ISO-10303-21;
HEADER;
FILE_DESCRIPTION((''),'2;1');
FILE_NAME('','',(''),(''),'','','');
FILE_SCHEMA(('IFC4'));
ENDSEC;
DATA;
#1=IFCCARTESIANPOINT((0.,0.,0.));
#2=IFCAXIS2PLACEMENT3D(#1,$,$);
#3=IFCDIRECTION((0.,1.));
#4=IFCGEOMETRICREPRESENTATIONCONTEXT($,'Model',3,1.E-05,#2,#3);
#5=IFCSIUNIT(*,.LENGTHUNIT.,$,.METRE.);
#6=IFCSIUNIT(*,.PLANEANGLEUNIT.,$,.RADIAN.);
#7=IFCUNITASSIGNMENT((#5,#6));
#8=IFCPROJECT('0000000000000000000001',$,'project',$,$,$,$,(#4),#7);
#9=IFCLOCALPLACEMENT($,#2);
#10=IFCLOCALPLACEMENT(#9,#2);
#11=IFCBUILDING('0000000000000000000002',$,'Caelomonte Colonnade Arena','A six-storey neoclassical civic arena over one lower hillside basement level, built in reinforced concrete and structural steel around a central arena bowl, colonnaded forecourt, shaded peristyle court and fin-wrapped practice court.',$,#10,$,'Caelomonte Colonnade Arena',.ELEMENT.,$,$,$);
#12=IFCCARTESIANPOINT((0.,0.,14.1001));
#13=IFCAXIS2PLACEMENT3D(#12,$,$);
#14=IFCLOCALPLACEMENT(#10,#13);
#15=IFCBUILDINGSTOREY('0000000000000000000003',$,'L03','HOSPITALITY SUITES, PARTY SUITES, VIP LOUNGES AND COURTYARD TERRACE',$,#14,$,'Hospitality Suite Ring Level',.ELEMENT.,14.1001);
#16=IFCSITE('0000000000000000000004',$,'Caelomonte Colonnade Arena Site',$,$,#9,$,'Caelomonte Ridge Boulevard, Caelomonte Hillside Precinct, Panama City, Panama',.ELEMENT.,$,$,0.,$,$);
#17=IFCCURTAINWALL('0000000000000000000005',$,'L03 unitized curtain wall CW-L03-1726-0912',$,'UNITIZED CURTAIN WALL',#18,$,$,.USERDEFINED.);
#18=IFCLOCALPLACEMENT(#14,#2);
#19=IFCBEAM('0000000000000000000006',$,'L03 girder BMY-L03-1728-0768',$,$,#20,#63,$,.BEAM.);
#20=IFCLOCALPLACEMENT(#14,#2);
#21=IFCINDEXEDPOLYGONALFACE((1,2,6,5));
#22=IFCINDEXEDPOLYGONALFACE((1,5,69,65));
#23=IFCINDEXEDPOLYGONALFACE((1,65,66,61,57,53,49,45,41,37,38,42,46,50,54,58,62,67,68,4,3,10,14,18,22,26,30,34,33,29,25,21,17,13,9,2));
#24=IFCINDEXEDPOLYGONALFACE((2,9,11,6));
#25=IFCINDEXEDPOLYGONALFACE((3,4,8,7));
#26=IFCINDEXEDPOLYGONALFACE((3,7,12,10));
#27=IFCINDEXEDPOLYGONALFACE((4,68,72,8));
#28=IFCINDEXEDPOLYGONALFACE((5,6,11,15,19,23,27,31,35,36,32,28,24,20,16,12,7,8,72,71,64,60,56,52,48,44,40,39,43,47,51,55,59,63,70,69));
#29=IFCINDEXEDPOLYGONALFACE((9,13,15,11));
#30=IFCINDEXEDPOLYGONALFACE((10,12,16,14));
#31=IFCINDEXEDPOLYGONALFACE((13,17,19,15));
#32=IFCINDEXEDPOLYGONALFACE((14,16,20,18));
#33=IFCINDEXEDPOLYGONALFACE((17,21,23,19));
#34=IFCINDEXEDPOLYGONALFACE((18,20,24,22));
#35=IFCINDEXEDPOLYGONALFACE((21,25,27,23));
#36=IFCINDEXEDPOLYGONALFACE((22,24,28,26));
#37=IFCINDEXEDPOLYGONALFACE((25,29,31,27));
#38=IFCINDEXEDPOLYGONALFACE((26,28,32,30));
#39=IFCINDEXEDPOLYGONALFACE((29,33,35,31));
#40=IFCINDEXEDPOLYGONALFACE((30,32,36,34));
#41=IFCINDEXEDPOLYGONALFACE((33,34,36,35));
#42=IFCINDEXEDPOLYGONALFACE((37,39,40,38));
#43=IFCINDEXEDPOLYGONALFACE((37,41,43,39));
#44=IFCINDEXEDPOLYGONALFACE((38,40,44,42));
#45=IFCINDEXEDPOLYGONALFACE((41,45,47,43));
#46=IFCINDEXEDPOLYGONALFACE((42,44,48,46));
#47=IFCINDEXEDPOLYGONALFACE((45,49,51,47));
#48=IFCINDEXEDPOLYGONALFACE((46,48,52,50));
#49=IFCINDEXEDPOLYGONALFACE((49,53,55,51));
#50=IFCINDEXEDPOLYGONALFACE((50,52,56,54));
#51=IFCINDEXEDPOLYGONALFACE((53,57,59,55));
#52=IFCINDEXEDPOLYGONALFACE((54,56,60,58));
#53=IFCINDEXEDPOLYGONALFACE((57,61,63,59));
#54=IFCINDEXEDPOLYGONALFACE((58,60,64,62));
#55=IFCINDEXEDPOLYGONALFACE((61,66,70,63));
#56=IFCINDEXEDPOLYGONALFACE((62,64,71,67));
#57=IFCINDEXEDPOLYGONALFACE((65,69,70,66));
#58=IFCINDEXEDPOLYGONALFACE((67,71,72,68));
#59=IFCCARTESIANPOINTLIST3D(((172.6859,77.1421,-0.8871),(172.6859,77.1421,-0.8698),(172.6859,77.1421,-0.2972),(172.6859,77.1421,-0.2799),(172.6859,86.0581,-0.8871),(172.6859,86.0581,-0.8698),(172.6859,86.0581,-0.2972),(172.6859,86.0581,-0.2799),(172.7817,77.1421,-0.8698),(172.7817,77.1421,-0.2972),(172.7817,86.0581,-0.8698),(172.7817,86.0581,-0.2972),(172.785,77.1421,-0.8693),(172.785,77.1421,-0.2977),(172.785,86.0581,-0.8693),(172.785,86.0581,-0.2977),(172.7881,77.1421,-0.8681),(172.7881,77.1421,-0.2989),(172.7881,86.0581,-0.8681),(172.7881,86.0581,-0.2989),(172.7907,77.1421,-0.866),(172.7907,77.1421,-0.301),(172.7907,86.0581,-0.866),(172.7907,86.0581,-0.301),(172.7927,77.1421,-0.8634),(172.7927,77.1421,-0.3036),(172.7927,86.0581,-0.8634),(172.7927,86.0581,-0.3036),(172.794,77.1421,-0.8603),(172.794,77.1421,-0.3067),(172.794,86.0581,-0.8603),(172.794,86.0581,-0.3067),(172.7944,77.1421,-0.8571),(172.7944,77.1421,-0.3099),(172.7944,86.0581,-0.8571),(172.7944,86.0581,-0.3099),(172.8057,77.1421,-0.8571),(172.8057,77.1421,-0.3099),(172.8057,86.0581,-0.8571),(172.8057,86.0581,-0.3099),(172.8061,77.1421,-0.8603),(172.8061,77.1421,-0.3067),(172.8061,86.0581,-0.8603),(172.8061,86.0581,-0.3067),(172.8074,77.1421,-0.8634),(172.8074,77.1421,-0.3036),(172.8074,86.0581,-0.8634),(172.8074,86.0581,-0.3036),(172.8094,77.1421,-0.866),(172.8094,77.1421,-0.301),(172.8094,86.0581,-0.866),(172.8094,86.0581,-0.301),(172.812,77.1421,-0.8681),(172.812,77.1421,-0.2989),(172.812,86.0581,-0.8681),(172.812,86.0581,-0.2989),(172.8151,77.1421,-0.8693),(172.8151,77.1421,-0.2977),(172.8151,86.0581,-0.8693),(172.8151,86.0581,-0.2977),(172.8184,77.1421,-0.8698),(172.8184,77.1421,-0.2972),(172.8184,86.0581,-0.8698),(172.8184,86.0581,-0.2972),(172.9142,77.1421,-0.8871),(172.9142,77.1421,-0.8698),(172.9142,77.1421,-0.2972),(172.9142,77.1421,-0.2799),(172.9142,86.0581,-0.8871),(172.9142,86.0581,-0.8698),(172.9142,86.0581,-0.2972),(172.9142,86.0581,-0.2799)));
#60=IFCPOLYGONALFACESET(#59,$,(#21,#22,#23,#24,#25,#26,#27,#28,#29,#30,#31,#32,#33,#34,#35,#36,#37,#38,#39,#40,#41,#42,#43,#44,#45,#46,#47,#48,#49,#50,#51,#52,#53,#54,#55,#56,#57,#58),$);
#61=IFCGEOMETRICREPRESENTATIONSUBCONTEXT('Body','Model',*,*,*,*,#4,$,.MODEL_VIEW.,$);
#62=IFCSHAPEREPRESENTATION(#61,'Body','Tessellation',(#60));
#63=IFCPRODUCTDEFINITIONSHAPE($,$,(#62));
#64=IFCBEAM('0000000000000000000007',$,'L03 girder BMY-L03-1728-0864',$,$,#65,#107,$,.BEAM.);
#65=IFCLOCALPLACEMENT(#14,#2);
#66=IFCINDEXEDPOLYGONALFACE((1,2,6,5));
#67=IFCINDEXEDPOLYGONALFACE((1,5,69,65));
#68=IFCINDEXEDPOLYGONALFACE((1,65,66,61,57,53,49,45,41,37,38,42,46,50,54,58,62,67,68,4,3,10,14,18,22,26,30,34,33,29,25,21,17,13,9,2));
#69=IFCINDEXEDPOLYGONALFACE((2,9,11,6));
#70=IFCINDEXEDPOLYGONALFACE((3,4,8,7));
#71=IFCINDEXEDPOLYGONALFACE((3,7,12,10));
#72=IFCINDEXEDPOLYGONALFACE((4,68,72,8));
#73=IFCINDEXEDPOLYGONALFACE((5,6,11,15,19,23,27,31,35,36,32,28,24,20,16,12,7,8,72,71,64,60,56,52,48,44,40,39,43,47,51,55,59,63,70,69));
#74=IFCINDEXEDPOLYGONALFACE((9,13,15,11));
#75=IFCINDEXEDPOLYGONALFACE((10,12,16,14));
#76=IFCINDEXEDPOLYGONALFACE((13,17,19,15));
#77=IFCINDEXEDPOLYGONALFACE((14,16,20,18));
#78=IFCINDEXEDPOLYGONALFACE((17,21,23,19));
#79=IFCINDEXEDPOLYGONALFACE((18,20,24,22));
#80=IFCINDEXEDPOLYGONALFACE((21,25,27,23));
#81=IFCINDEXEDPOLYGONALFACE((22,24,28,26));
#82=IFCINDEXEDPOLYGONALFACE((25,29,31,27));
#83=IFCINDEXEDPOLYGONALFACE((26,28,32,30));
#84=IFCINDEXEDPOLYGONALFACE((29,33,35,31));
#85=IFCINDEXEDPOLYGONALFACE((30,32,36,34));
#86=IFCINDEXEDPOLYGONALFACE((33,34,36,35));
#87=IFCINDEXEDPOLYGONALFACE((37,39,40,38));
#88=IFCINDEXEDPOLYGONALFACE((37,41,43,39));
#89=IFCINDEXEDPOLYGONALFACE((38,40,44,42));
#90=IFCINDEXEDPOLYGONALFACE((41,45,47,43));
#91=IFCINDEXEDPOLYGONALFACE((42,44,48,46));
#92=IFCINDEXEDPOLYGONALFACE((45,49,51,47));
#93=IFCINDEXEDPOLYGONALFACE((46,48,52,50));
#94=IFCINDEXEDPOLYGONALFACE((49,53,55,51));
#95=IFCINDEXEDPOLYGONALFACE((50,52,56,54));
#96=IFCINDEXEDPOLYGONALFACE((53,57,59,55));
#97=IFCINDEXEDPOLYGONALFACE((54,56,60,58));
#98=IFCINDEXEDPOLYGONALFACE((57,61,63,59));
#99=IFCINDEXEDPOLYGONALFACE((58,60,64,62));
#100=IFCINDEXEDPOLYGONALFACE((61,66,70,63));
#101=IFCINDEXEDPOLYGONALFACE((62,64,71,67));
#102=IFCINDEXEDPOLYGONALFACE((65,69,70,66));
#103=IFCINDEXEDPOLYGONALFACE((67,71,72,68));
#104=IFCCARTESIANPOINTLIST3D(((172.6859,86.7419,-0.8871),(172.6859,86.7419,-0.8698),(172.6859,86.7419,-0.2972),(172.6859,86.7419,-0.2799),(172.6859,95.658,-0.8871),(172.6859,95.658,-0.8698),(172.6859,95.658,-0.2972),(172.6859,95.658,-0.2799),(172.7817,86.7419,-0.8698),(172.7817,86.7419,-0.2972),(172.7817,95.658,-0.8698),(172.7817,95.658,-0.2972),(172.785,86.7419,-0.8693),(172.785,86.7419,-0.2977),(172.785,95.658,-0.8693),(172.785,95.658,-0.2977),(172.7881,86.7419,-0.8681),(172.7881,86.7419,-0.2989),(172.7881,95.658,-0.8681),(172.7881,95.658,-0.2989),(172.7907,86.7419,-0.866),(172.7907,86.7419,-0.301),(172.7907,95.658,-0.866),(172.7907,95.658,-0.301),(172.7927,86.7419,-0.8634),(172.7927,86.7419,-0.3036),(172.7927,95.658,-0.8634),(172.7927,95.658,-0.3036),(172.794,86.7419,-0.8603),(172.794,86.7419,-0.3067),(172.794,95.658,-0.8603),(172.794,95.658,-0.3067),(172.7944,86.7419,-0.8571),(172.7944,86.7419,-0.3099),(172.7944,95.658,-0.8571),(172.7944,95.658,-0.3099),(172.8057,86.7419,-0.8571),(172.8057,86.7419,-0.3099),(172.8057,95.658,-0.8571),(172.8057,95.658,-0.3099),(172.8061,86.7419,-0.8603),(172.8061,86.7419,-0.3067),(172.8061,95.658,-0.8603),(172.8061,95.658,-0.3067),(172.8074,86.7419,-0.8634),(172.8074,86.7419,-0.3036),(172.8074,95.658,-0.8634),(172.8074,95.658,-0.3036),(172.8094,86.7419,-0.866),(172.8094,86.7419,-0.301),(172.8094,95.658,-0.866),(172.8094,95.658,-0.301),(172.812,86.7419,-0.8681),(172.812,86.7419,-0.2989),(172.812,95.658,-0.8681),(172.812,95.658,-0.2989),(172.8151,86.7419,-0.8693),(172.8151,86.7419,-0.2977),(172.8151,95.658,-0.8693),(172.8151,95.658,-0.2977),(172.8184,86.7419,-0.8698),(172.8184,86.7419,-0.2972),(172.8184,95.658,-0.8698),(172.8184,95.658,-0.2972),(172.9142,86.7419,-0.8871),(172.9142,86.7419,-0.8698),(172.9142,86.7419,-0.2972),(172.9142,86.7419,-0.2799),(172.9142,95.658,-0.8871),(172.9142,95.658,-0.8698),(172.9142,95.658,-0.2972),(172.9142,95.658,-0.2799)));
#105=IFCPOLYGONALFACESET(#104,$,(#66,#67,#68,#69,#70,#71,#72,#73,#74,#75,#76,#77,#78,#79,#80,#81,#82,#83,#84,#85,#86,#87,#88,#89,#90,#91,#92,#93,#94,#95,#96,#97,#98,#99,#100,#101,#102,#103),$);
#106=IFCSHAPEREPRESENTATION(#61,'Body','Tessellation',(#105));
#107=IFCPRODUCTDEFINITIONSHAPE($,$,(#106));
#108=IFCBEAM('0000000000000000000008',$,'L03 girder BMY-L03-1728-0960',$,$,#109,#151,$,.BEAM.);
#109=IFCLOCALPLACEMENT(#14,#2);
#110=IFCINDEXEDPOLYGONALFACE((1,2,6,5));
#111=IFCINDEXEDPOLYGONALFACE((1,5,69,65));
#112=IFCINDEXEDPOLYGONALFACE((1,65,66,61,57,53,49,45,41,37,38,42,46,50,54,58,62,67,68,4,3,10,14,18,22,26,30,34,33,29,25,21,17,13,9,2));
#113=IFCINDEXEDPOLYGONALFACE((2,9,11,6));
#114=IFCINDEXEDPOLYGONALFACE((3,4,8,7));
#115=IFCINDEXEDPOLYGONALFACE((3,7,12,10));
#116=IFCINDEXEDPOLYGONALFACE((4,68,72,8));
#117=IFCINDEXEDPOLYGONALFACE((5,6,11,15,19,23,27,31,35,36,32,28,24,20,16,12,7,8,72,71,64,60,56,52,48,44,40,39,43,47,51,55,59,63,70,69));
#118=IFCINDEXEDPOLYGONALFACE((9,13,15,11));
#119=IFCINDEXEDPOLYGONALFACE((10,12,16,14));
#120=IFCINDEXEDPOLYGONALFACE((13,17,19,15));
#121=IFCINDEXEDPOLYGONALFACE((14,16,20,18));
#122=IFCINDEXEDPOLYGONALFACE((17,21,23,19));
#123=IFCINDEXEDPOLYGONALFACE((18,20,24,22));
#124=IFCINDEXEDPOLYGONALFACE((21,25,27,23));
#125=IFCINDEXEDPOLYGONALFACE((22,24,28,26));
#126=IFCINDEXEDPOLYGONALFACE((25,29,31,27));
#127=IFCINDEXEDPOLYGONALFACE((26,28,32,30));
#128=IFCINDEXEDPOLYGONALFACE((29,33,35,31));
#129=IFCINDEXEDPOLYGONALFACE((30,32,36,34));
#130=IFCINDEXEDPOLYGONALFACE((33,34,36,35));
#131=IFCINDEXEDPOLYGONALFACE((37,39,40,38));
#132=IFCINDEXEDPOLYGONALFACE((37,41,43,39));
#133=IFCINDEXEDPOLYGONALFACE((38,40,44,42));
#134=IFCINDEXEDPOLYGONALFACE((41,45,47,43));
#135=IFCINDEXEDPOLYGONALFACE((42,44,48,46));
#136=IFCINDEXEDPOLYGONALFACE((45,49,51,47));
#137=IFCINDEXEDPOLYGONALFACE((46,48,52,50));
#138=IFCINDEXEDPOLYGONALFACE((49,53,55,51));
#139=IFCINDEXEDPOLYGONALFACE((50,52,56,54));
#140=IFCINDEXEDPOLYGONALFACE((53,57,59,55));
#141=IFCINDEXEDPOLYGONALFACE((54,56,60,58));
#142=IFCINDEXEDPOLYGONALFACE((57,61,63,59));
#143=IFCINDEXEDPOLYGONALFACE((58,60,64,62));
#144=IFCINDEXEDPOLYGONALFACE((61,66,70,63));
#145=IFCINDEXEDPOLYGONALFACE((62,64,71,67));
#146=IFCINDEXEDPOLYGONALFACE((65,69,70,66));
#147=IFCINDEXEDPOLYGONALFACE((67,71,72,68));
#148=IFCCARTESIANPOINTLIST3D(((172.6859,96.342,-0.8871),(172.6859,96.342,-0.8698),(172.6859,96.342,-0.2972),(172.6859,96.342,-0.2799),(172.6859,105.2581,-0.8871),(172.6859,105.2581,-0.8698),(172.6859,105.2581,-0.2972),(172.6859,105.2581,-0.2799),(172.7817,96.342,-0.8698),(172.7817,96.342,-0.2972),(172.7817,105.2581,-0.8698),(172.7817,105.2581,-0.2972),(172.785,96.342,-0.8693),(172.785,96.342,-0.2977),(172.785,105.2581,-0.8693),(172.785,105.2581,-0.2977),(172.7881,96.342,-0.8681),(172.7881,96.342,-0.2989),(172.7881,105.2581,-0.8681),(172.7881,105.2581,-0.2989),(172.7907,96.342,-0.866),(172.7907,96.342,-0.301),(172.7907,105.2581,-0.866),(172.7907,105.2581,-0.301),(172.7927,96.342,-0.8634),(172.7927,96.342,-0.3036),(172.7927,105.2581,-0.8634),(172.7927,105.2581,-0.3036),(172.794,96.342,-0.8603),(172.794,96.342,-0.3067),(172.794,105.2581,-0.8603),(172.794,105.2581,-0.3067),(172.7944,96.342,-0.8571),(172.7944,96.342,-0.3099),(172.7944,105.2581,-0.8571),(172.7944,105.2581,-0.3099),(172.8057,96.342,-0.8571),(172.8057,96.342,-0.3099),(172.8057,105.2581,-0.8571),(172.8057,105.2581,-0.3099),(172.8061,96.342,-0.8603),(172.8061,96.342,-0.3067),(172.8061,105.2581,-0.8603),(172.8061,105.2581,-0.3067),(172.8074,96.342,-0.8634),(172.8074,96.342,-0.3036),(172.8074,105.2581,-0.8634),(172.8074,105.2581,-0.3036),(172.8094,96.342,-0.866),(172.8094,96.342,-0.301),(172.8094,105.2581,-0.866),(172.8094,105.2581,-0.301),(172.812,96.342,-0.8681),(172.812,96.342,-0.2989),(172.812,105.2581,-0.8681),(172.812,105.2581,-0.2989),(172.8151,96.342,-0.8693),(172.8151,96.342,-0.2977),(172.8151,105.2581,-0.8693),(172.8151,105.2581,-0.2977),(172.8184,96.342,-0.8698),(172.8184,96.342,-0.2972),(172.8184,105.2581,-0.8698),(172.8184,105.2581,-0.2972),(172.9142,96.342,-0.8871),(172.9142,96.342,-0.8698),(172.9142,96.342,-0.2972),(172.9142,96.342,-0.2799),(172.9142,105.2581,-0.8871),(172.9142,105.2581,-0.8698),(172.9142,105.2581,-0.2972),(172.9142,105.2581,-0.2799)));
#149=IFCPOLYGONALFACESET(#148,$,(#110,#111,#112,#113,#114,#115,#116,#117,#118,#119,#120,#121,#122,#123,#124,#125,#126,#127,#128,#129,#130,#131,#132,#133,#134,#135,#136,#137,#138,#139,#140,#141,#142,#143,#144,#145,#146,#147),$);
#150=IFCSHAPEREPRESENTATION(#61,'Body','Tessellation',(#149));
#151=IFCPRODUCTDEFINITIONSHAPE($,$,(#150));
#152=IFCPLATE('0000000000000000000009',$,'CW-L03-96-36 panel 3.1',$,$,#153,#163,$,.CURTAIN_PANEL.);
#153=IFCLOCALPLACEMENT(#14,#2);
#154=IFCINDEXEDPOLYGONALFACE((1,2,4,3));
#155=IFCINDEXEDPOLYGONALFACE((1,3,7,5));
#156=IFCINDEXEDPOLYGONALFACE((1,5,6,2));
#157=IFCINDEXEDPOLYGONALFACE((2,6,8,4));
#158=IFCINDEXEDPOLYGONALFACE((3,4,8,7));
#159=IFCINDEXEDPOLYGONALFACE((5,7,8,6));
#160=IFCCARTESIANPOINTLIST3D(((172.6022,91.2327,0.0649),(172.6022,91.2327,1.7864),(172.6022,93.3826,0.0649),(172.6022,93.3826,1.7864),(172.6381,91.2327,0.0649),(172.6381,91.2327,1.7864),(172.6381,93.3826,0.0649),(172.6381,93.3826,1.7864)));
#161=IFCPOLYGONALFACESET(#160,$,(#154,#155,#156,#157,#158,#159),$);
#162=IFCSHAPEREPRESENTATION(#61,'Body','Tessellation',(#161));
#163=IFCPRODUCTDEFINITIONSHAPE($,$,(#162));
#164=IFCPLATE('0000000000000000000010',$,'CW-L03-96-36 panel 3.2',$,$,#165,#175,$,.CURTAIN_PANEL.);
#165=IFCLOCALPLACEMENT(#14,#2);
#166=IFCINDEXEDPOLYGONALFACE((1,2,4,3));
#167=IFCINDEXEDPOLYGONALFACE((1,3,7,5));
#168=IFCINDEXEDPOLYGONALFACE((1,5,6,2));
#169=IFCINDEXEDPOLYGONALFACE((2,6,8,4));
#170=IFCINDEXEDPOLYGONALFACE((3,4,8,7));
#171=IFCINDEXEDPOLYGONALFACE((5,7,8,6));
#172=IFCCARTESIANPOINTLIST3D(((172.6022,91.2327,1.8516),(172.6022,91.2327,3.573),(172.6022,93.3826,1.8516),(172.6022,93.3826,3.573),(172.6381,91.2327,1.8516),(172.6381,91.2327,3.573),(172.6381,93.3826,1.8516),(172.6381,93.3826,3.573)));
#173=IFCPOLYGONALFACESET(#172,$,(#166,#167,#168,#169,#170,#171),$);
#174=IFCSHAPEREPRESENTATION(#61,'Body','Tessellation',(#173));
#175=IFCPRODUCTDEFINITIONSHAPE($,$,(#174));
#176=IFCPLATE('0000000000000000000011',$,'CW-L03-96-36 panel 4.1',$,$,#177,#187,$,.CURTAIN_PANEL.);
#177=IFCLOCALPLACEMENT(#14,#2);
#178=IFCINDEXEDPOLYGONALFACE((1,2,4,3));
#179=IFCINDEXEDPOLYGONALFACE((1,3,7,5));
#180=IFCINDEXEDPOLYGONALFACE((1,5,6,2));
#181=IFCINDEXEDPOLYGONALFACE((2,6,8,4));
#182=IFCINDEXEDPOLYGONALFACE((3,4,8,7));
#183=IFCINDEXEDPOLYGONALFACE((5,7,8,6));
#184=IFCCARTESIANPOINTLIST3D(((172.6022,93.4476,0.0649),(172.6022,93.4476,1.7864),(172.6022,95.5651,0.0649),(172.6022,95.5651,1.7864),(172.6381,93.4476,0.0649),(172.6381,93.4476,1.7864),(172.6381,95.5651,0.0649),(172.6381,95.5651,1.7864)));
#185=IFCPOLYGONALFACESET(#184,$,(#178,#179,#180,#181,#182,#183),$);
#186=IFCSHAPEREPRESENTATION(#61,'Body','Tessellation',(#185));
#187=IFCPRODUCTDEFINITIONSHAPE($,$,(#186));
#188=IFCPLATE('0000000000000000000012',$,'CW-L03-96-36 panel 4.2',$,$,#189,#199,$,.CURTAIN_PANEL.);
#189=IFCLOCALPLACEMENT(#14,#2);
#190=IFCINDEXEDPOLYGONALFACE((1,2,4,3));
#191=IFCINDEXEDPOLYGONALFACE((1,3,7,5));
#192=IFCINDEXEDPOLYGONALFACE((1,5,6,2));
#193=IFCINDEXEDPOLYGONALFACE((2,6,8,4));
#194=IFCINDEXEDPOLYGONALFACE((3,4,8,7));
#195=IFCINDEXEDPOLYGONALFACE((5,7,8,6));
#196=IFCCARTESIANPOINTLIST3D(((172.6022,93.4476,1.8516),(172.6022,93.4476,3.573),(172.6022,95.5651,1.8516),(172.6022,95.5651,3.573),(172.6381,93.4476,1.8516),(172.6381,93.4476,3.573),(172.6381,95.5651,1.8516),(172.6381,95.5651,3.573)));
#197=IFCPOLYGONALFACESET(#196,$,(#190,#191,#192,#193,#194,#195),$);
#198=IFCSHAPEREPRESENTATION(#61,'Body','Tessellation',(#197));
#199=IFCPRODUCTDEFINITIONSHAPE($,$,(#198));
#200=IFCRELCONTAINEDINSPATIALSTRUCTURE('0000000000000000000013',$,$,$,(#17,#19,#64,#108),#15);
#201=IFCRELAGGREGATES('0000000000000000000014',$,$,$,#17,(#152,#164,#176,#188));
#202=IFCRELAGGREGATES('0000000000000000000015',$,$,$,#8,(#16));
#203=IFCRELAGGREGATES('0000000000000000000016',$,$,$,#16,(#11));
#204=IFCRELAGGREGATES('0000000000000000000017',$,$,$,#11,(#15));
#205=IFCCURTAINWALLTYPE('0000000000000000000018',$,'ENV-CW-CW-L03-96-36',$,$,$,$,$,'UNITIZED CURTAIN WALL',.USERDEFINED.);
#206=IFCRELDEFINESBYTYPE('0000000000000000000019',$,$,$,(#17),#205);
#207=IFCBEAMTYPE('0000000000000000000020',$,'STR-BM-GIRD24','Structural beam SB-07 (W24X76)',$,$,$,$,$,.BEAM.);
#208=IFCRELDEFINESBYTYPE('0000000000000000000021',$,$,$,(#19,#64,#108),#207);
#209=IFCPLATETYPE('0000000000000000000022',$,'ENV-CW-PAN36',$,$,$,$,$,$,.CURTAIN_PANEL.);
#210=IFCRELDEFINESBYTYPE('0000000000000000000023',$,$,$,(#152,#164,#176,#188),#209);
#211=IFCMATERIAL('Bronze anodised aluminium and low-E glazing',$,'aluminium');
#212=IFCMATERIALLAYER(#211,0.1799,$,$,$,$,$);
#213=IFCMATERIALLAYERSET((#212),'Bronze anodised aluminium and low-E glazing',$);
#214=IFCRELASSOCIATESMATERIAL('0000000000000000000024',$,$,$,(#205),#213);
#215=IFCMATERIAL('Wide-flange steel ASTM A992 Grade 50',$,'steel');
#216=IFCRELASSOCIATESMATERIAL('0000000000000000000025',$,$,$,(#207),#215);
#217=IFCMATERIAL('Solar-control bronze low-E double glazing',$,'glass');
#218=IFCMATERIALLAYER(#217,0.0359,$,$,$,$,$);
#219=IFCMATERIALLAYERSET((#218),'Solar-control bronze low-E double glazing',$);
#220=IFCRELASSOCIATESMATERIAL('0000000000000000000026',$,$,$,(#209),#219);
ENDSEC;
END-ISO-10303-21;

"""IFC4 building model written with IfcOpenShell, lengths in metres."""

from ifc_helpers import new_model, si_unit, direction, frame, origin, origin_2d, place, context, subcontext, project, spatial, rectangle, i_section, extrude, material, layer, layer_set, material_profile, profile_set, type_object, element, aggregate, save


model = new_model("IFC4")

# Units and contexts
model_context = context("Model", 3, precision=1e-05, world=origin(), true_north=direction((0.0, 1.0)))
body_context = subcontext(model_context, "Body", "Model", "MODEL_VIEW")
ifc_project = project(units=[si_unit("LENGTHUNIT", "METRE"), si_unit("PLANEANGLEUNIT", "RADIAN")], contexts=[model_context])

# Site, building, storey
site_placement = place(None, origin())
site = spatial("IfcSite", under=ifc_project, at=site_placement, Name="Caelomonte Colonnade Arena Site", LongName="Caelomonte Ridge Boulevard, Caelomonte Hillside Precinct, Panama City, Panama", CompositionType="ELEMENT", RefElevation=0.0)
building_placement = place(site_placement, origin())
building = spatial("IfcBuilding", under=site, at=building_placement, Name="Caelomonte Colonnade Arena", Description="A six-storey neoclassical civic arena over one lower hillside basement level, built in reinforced concrete and structural steel around a central arena bowl, colonnaded forecourt, shaded peristyle court and fin-wrapped practice court.", LongName="Caelomonte Colonnade Arena", CompositionType="ELEMENT")
storey_placement = place(building_placement, frame((0.0, 0.0, 14.1001)))
storey = spatial("IfcBuildingStorey", under=building, at=storey_placement, Name="L03", Description="HOSPITALITY SUITES, PARTY SUITES, VIP LOUNGES AND COURTYARD TERRACE", LongName="Hospitality Suite Ring Level", CompositionType="ELEMENT", Elevation=14.1001)

# Curtain wall
ifc_material_1 = material(Name="Bronze anodised aluminium and low-E glazing", Category="aluminium")
ifc_layer_1 = layer(ifc_material_1, 0.1799)
ifc_layer_set_1 = layer_set([ifc_layer_1], Name="Bronze anodised aluminium and low-E glazing")
curtain_wall_type = type_object("IfcCurtainWallType", Name="ENV-CW-CW-L03-96-36", ElementType="UNITIZED CURTAIN WALL", PredefinedType="USERDEFINED", material=ifc_layer_set_1)
curtain_wall_placement = place(storey_placement, origin())
curtain_wall = element("IfcCurtainWall", 1, at=curtain_wall_placement, inside=storey, type_object=curtain_wall_type, Name="L03 unitized curtain wall CW-L03-1726-0912", ObjectType="UNITIZED CURTAIN WALL", PredefinedType="USERDEFINED")

# Beams
ifc_material_2 = material(Name="Wide-flange steel ASTM A992 Grade 50", Category="steel")
ifc_material_profile_1 = material_profile(ifc_material_2, i_section(OverallWidth=0.2283, OverallDepth=0.6072, WebThickness=0.0112, FlangeThickness=0.0173, FilletRadius=0.0127, at=origin_2d()), Name="W24X76")
ifc_profile_set_1 = profile_set([ifc_material_profile_1], Name="Wide-flange steel ASTM A992 Grade 50")
beam_type = type_object("IfcBeamType", Name="STR-BM-GIRD24", Description="Structural beam SB-07 (W24X76)", PredefinedType="BEAM", material=ifc_profile_set_1)
for number, where, z_axis, x_axis, name in (
    (2, (172.8, 77.1421, -0.5835), (0.0, 1.0, 0.0), (-1.0, 0.0, 0.0), "L03 girder BMY-L03-1728-0768"),
    (3, (172.8, 86.7419, -0.5835), (0.0, 1.0, 0.0), (-1.0, 0.0, 0.0), "L03 girder BMY-L03-1728-0864"),
    (4, (172.8, 96.342, -0.5835), (0.0, 1.0, 0.0), (-1.0, 0.0, 0.0), "L03 girder BMY-L03-1728-0960"),
):
    element("IfcBeam", number, at=place(storey_placement, frame(where, z_axis=z_axis, x_axis=x_axis)), inside=storey, type_object=beam_type, Name=name, PredefinedType="BEAM", context=body_context, shape_type="SweptSolid", body=[
        extrude(i_section(OverallWidth=0.2283, OverallDepth=0.6072, WebThickness=0.0112, FlangeThickness=0.0173, FilletRadius=0.0127, at=origin_2d()), origin(), (0.0, 0.0, 1.0), 8.916),
    ])

# Plates
ifc_material_3 = material(Name="Solar-control bronze low-E double glazing", Category="glass")
ifc_layer_2 = layer(ifc_material_3, 0.0359)
ifc_layer_set_2 = layer_set([ifc_layer_2], Name="Solar-control bronze low-E double glazing")
plate_type = type_object("IfcPlateType", Name="ENV-CW-PAN36", PredefinedType="CURTAIN_PANEL", material=ifc_layer_set_2)
plate_1_placement = place(storey_placement, frame((172.6201, 92.3076, 0.0649), z_axis=(0.0, 0.0, 1.0), x_axis=(0.0, 1.0, 0.0)))
plate_1 = element("IfcPlate", 5, at=plate_1_placement, type_object=plate_type, Name="CW-L03-96-36 panel 3.1", PredefinedType="CURTAIN_PANEL", context=body_context, shape_type="SweptSolid", body=[
    extrude(rectangle(XDim=2.1499, YDim=0.0359, at=origin_2d()), origin(), (0.0, 0.0, 1.0), 1.7214),
])
plate_2_placement = place(storey_placement, frame((172.6201, 92.3076, 1.8516), z_axis=(0.0, 0.0, 1.0), x_axis=(0.0, 1.0, 0.0)))
plate_2 = element("IfcPlate", 6, at=plate_2_placement, type_object=plate_type, Name="CW-L03-96-36 panel 3.2", PredefinedType="CURTAIN_PANEL", context=body_context, shape_type="SweptSolid", body=[
    extrude(rectangle(XDim=2.1499, YDim=0.0359, at=origin_2d()), origin(), (0.0, 0.0, 1.0), 1.7214),
])
plate_3_placement = place(storey_placement, frame((172.6201, 94.5063, 0.0649), z_axis=(0.0, 0.0, 1.0), x_axis=(0.0, 1.0, 0.0)))
plate_3 = element("IfcPlate", 7, at=plate_3_placement, type_object=plate_type, Name="CW-L03-96-36 panel 4.1", PredefinedType="CURTAIN_PANEL", context=body_context, shape_type="SweptSolid", body=[
    extrude(rectangle(XDim=2.1174, YDim=0.0359, at=origin_2d()), origin(), (0.0, 0.0, 1.0), 1.7214),
])
plate_4_placement = place(storey_placement, frame((172.6201, 94.5063, 1.8516), z_axis=(0.0, 0.0, 1.0), x_axis=(0.0, 1.0, 0.0)))
plate_4 = element("IfcPlate", 8, at=plate_4_placement, type_object=plate_type, Name="CW-L03-96-36 panel 4.2", PredefinedType="CURTAIN_PANEL", context=body_context, shape_type="SweptSolid", body=[
    extrude(rectangle(XDim=2.1174, YDim=0.0359, at=origin_2d()), origin(), (0.0, 0.0, 1.0), 1.7214),
])
aggregate(curtain_wall, [plate_1, plate_2, plate_3, plate_4])

save(model, "model.ifc")
